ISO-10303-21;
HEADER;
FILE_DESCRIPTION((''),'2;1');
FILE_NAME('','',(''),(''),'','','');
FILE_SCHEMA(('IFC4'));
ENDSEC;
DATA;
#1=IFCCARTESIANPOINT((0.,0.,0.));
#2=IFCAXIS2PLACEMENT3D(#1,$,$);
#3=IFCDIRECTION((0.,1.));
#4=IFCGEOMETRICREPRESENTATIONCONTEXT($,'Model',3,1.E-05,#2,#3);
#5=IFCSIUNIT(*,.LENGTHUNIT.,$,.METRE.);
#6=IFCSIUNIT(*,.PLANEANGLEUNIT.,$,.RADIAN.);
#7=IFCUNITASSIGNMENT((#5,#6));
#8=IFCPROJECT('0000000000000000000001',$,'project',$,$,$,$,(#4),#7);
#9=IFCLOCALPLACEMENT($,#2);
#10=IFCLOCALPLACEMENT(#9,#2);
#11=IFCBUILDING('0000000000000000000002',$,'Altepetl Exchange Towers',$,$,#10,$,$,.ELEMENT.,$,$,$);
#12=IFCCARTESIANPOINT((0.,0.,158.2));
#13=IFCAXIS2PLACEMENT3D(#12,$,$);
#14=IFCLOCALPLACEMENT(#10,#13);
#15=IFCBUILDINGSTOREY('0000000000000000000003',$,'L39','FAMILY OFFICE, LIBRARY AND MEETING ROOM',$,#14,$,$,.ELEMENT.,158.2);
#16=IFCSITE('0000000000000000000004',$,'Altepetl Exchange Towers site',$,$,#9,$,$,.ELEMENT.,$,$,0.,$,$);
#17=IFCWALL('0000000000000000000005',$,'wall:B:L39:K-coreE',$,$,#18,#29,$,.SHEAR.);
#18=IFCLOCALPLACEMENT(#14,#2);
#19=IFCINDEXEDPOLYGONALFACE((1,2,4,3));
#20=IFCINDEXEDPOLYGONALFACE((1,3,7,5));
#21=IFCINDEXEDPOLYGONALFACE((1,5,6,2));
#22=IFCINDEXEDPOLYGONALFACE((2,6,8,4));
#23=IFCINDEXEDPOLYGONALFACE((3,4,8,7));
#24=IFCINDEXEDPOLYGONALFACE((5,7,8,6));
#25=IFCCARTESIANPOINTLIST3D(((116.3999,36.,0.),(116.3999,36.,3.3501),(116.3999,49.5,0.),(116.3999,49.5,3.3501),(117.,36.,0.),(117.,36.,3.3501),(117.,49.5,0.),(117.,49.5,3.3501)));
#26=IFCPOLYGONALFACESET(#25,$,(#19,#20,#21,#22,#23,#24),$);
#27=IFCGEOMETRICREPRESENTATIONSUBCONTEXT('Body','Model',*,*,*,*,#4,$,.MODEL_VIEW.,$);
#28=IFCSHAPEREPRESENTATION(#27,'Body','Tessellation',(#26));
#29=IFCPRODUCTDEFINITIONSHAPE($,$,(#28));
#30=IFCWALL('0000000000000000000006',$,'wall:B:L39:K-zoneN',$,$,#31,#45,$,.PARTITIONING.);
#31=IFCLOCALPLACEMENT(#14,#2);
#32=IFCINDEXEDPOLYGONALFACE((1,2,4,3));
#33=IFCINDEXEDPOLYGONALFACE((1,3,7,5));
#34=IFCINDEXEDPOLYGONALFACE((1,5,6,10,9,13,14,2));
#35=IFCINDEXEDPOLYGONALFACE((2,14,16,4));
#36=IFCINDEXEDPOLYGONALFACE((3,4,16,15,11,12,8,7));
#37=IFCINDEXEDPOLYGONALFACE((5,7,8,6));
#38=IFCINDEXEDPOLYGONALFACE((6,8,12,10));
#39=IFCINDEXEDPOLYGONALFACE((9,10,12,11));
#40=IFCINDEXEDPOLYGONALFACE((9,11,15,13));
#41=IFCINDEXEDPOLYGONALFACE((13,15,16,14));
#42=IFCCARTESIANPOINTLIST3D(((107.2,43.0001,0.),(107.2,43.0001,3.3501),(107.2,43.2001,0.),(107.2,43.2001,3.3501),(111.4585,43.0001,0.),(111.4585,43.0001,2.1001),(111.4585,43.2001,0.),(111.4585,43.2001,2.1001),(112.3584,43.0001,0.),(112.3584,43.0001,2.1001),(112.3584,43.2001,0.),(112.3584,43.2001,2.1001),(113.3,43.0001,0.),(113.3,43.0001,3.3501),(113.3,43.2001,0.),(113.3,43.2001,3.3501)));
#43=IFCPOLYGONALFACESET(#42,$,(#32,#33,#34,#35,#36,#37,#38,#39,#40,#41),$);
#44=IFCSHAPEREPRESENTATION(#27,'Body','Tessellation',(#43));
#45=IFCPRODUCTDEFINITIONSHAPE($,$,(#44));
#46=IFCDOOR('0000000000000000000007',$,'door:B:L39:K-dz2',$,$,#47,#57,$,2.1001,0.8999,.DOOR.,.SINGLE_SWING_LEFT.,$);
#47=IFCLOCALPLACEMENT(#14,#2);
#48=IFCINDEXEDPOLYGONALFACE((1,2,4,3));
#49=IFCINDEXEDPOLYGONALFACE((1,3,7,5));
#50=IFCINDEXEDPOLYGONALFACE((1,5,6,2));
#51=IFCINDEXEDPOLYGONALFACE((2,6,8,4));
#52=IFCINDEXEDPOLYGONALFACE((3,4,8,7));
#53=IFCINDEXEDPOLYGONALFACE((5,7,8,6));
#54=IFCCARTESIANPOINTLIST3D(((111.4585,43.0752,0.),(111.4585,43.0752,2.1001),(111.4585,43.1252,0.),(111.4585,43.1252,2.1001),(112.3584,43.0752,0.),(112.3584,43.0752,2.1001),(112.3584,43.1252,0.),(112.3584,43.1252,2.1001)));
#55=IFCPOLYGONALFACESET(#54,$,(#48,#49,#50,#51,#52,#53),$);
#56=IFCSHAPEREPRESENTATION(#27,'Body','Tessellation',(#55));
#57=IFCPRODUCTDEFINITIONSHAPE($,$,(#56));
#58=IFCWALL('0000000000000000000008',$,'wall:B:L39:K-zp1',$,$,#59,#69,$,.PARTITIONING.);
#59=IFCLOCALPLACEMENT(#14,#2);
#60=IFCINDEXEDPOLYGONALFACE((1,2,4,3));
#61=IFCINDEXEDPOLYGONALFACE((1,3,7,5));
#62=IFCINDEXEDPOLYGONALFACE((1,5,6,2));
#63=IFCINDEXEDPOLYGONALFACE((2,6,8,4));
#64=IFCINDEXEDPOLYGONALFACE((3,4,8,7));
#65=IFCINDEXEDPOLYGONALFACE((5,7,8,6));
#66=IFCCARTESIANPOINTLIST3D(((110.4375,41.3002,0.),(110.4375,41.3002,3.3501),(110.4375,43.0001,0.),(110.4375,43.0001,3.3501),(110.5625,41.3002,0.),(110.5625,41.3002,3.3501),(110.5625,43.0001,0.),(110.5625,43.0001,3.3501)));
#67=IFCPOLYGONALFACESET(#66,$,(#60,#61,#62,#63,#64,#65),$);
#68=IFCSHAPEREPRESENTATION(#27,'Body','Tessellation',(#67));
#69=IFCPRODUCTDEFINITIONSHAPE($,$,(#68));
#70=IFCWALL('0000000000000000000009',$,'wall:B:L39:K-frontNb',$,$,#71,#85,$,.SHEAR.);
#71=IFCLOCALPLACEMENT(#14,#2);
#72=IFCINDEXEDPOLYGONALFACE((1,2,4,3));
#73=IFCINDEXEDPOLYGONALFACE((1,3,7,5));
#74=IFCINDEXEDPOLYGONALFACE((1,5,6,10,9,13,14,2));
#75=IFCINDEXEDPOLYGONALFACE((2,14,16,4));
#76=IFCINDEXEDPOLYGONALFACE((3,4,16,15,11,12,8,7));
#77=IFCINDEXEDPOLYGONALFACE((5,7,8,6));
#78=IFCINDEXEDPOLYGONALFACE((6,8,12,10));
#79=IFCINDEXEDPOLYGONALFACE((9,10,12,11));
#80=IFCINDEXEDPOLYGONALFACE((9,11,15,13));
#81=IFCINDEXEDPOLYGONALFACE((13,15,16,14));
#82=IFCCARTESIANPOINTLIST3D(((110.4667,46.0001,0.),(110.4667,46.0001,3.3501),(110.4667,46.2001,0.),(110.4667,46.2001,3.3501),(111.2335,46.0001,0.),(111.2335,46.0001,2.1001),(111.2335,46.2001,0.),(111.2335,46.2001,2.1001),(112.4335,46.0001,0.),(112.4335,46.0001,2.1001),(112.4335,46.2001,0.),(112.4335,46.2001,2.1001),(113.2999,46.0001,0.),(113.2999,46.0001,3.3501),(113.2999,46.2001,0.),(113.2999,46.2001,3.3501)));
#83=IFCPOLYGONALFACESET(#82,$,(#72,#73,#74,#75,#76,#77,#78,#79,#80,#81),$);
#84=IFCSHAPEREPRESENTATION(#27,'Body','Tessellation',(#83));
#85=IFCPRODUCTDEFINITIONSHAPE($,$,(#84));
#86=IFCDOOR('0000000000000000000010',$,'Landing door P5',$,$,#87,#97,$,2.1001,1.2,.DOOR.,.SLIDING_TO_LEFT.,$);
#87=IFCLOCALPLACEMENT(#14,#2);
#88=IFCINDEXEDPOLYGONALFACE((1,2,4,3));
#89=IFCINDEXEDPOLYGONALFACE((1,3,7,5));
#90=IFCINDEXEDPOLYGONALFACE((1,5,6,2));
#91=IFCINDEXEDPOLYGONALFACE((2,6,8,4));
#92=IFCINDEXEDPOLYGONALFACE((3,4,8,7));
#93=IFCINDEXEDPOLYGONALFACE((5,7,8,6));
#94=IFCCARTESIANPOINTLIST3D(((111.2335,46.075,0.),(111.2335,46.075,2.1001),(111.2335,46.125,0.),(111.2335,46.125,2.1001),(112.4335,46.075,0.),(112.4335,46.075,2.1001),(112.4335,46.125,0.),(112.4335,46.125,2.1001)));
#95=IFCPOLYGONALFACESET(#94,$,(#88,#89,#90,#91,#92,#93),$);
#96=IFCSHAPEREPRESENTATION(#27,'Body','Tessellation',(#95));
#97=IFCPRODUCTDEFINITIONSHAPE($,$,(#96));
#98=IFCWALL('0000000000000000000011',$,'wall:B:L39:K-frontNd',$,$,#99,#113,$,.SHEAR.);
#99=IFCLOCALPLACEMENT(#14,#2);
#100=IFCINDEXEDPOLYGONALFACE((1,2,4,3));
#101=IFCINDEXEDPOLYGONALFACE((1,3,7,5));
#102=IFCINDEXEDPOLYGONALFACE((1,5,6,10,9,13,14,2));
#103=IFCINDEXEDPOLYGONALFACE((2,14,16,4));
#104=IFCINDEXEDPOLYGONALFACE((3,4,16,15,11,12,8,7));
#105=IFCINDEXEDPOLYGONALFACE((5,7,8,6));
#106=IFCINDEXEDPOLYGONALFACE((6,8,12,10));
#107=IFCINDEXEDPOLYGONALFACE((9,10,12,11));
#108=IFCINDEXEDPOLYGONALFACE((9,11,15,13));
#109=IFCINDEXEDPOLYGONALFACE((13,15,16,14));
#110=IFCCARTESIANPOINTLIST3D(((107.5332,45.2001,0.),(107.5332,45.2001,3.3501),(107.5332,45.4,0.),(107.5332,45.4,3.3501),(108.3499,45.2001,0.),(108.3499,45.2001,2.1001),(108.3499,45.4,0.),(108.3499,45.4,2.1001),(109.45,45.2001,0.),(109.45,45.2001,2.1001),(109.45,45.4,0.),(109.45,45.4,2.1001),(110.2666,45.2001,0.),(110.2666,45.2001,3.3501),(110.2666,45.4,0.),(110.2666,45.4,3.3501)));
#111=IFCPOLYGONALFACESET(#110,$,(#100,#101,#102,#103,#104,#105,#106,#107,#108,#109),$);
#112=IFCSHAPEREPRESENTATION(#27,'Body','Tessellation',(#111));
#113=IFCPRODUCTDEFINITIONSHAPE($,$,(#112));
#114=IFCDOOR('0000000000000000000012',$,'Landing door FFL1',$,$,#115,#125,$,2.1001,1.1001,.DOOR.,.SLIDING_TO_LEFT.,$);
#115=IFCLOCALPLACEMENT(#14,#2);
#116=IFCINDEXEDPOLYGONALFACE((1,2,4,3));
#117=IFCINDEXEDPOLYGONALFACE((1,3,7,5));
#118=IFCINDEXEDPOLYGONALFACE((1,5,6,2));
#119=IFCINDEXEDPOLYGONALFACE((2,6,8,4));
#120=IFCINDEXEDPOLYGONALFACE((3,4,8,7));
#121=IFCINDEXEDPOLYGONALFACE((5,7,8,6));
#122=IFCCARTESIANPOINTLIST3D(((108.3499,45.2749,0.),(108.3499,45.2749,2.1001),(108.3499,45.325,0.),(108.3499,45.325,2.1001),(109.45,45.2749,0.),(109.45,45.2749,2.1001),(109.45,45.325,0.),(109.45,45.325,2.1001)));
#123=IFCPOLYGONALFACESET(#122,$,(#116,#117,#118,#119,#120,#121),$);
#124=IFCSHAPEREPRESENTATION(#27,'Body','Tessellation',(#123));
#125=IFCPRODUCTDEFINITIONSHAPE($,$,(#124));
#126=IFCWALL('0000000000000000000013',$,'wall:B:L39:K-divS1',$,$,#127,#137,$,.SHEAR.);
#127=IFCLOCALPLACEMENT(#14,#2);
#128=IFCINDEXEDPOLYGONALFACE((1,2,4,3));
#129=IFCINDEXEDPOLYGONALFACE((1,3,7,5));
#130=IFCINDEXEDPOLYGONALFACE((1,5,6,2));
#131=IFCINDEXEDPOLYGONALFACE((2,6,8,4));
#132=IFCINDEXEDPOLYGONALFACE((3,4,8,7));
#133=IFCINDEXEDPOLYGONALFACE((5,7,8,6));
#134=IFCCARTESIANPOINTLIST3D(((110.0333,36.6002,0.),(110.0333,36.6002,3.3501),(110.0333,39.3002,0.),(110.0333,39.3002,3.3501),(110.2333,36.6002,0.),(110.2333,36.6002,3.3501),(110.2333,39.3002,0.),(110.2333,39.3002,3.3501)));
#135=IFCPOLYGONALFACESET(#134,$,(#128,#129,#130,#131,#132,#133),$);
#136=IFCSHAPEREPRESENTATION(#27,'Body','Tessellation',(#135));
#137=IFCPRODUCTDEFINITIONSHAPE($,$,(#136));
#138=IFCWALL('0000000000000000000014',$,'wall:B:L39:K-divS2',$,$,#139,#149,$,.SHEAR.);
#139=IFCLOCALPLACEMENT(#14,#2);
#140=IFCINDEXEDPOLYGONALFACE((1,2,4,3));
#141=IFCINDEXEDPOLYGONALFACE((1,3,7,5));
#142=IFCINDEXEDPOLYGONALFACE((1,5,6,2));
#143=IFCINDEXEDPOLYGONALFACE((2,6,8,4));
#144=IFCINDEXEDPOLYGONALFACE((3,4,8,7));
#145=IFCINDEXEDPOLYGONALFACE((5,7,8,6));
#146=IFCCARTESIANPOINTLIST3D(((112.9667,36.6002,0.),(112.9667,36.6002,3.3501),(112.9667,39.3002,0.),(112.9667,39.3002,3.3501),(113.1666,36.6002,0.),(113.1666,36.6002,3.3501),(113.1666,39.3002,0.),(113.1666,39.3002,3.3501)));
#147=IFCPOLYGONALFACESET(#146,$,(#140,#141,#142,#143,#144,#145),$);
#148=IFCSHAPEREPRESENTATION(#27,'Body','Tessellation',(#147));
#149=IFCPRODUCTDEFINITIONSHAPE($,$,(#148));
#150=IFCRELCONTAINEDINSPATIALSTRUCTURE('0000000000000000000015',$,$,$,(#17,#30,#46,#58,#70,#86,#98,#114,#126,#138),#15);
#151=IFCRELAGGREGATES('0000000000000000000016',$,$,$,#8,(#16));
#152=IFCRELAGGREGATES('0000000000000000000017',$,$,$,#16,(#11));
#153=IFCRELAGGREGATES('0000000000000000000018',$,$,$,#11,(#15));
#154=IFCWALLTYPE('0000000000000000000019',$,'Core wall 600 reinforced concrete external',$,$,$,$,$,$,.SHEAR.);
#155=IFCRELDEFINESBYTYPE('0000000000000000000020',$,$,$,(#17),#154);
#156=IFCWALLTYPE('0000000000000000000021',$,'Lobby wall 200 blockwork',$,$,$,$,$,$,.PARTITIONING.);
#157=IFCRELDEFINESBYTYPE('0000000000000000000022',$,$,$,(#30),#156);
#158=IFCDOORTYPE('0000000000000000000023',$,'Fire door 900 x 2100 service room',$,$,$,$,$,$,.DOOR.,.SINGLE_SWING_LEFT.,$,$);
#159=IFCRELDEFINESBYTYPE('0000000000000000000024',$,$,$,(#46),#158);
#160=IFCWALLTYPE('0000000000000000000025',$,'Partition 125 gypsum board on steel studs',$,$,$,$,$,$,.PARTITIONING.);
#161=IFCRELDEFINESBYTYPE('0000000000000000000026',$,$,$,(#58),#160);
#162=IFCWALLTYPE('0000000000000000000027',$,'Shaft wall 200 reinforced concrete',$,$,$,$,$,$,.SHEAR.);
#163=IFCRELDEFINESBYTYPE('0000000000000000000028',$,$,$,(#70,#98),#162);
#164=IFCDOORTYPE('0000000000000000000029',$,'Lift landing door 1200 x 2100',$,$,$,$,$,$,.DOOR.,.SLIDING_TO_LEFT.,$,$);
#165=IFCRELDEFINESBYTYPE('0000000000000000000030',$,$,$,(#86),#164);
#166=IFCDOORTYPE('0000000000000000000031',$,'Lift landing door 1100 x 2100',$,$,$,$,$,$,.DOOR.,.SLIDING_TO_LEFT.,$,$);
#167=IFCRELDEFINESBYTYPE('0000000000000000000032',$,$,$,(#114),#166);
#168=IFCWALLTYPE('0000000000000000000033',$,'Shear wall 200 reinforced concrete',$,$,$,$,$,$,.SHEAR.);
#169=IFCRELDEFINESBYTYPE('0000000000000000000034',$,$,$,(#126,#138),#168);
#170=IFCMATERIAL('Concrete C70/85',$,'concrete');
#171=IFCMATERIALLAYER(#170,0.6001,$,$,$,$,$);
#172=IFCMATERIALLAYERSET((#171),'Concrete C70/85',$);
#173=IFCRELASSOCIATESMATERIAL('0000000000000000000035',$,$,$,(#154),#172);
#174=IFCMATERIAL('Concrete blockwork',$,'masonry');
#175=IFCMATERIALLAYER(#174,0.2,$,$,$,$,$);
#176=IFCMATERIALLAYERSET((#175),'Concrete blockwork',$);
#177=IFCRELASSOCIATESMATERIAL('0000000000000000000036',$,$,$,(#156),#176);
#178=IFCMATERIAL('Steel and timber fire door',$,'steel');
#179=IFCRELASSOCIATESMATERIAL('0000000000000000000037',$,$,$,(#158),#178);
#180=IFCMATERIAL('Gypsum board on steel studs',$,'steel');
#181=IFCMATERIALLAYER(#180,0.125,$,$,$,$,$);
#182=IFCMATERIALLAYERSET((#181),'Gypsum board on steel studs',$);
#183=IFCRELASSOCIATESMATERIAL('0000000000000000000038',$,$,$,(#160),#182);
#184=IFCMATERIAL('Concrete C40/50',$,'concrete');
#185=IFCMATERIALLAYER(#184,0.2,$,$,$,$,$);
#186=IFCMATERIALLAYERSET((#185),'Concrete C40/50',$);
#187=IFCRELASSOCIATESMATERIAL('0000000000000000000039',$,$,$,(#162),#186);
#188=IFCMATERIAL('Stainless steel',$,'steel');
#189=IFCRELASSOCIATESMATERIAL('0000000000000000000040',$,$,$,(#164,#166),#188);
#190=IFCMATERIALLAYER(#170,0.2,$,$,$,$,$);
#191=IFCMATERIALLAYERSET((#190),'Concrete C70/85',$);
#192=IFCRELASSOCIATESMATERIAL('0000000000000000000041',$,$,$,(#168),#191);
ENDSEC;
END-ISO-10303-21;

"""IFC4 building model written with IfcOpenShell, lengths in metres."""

from ifc_helpers import new_model, si_unit, direction, frame, frame_2d, origin, place, context, subcontext, project, spatial, rectangle, extrude, material, layer, layer_set, type_object, element, fill, save


model = new_model("IFC4")

# Units and contexts
model_context = context("Model", 3, precision=1e-05, world=origin(), true_north=direction((0.0, 1.0)))
body_context = subcontext(model_context, "Body", "Model", "MODEL_VIEW")
ifc_project = project(units=[si_unit("LENGTHUNIT", "METRE"), si_unit("PLANEANGLEUNIT", "RADIAN")], contexts=[model_context])

# Site, building, storey
site_placement = place(None, origin())
site = spatial("IfcSite", under=ifc_project, at=site_placement, Name="Altepetl Exchange Towers site", CompositionType="ELEMENT", RefElevation=0.0)
building_placement = place(site_placement, origin())
building = spatial("IfcBuilding", under=site, at=building_placement, Name="Altepetl Exchange Towers", CompositionType="ELEMENT")
storey_placement = place(building_placement, frame((0.0, 0.0, 158.2)))
storey = spatial("IfcBuildingStorey", under=building, at=storey_placement, Name="L39", Description="FAMILY OFFICE, LIBRARY AND MEETING ROOM", CompositionType="ELEMENT", Elevation=158.2)

# Wall
ifc_material_1 = material(Name="Concrete C70/85", Category="concrete")
ifc_layer_1 = layer(ifc_material_1, 0.6001)
ifc_layer_set_1 = layer_set([ifc_layer_1], Name="Concrete C70/85")
wall_type_1 = type_object("IfcWallType", Name="Core wall 600 reinforced concrete external", PredefinedType="SHEAR", material=ifc_layer_set_1)
wall_1_placement = place(storey_placement, frame((116.7, 36.0, 0.0), z_axis=(0.0, 0.0, 1.0), x_axis=(0.0, 1.0, 0.0)))
element("IfcWall", 1, at=wall_1_placement, inside=storey, type_object=wall_type_1, Name="wall:B:L39:K-coreE", PredefinedType="SHEAR", context=body_context, shape_type="SweptSolid", body=[
    extrude(rectangle(XDim=13.5, YDim=0.6001, at=frame_2d((6.75, 0.0))), origin(), (0.0, 0.0, 1.0), 3.3501),
])

# Wall, opening, door
ifc_material_2 = material(Name="Concrete blockwork", Category="masonry")
ifc_layer_2 = layer(ifc_material_2, 0.2)
ifc_layer_set_2 = layer_set([ifc_layer_2], Name="Concrete blockwork")
wall_type_2 = type_object("IfcWallType", Name="Lobby wall 200 blockwork", PredefinedType="PARTITIONING", material=ifc_layer_set_2)
wall_2_placement = place(storey_placement, frame((107.2, 43.1001, 0.0)))
wall_2 = element("IfcWall", 2, at=wall_2_placement, inside=storey, type_object=wall_type_2, Name="wall:B:L39:K-zoneN", PredefinedType="PARTITIONING", context=body_context, shape_type="SweptSolid", body=[
    extrude(rectangle(XDim=6.1001, YDim=0.2, at=frame_2d((3.05, 0.0))), origin(), (0.0, 0.0, 1.0), 3.3501),
])
opening_1_placement = place(wall_2_placement, frame((4.2585, 0.0, 0.0)))
opening_1 = element("IfcOpeningElement", 3, at=opening_1_placement, cuts=wall_2, PredefinedType="OPENING", context=body_context, shape_type="SweptSolid", body=[
    extrude(rectangle(XDim=0.8999, YDim=2.1001, at=frame_2d((0.45, 1.05))), frame((0.0, 0.1099, 0.0), z_axis=(0.0, -1.0, 0.0), x_axis=(1.0, 0.0, 0.0)), (0.0, 0.0, 1.0), 0.22),
])
ifc_material_3 = material(Name="Steel and timber fire door", Category="steel")
door_type_1 = type_object("IfcDoorType", Name="Fire door 900 x 2100 service room", OperationType="SINGLE_SWING_LEFT", PredefinedType="DOOR", material=ifc_material_3)
door_1_placement = place(opening_1_placement, frame((0.8999, 0.0, 0.0), x_axis=(-1.0, 0.0, 0.0)))
door_1 = element("IfcDoor", 4, at=door_1_placement, inside=storey, type_object=door_type_1, Name="door:B:L39:K-dz2", OperationType="SINGLE_SWING_LEFT", OverallHeight=2.1001, OverallWidth=0.8999, PredefinedType="DOOR", context=body_context, shape_type="SweptSolid", body=[
    extrude(rectangle(XDim=0.8999, YDim=2.1001, at=frame_2d((0.45, 1.05))), frame((0.0, 0.0249, 0.0), z_axis=(0.0, -1.0, 0.0), x_axis=(1.0, 0.0, 0.0)), (0.0, 0.0, 1.0), 0.05),
])
fill(opening_1, door_1)

# Wall
ifc_material_4 = material(Name="Gypsum board on steel studs", Category="steel")
ifc_layer_3 = layer(ifc_material_4, 0.125)
ifc_layer_set_3 = layer_set([ifc_layer_3], Name="Gypsum board on steel studs")
wall_type_3 = type_object("IfcWallType", Name="Partition 125 gypsum board on steel studs", PredefinedType="PARTITIONING", material=ifc_layer_set_3)
wall_3_placement = place(storey_placement, frame((110.5, 41.3, 0.0), z_axis=(0.0, 0.0, 1.0), x_axis=(0.0, 1.0, 0.0)))
element("IfcWall", 5, at=wall_3_placement, inside=storey, type_object=wall_type_3, Name="wall:B:L39:K-zp1", PredefinedType="PARTITIONING", context=body_context, shape_type="SweptSolid", body=[
    extrude(rectangle(XDim=1.7, YDim=0.125, at=frame_2d((0.8501, 0.0))), origin(), (0.0, 0.0, 1.0), 3.3501),
])

# Walls, openings, doors
ifc_material_5 = material(Name="Concrete C40/50", Category="concrete")
ifc_layer_4 = layer(ifc_material_5, 0.2)
ifc_layer_set_4 = layer_set([ifc_layer_4], Name="Concrete C40/50")
wall_type_4 = type_object("IfcWallType", Name="Shaft wall 200 reinforced concrete", PredefinedType="SHEAR", material=ifc_layer_set_4)
wall_4_placement = place(storey_placement, frame((110.4668, 46.1001, 0.0)))
wall_4 = element("IfcWall", 6, at=wall_4_placement, inside=storey, type_object=wall_type_4, Name="wall:B:L39:K-frontNb", PredefinedType="SHEAR", context=body_context, shape_type="SweptSolid", body=[
    extrude(rectangle(XDim=2.8333, YDim=0.2, at=frame_2d((1.4165, 0.0))), origin(), (0.0, 0.0, 1.0), 3.3501),
])
opening_2_placement = place(wall_4_placement, frame((0.7666, 0.0, 0.0)))
opening_2 = element("IfcOpeningElement", 7, at=opening_2_placement, cuts=wall_4, PredefinedType="OPENING", context=body_context, shape_type="SweptSolid", body=[
    extrude(rectangle(XDim=1.2, YDim=2.1001, at=frame_2d((0.6001, 1.05))), frame((0.0, 0.1099, 0.0), z_axis=(0.0, -1.0, 0.0), x_axis=(1.0, 0.0, 0.0)), (0.0, 0.0, 1.0), 0.22),
])
ifc_material_6 = material(Name="Stainless steel", Category="steel")
door_type_2 = type_object("IfcDoorType", Name="Lift landing door 1200 x 2100", OperationType="SLIDING_TO_LEFT", PredefinedType="DOOR", material=ifc_material_6)
door_2_placement = place(opening_2_placement, origin())
door_2 = element("IfcDoor", 8, at=door_2_placement, inside=storey, type_object=door_type_2, Name="Landing door P5", OperationType="SLIDING_TO_LEFT", OverallHeight=2.1001, OverallWidth=1.2, PredefinedType="DOOR", context=body_context, shape_type="SweptSolid", body=[
    extrude(rectangle(XDim=1.2, YDim=2.1001, at=frame_2d((0.6001, 1.05))), frame((0.0, 0.0249, 0.0), z_axis=(0.0, -1.0, 0.0), x_axis=(1.0, 0.0, 0.0)), (0.0, 0.0, 1.0), 0.05),
])
fill(opening_2, door_2)
wall_5_placement = place(storey_placement, frame((107.5332, 45.3, 0.0)))
wall_5 = element("IfcWall", 9, at=wall_5_placement, inside=storey, type_object=wall_type_4, Name="wall:B:L39:K-frontNd", PredefinedType="SHEAR", context=body_context, shape_type="SweptSolid", body=[
    extrude(rectangle(XDim=2.7334, YDim=0.2, at=frame_2d((1.3667, 0.0))), origin(), (0.0, 0.0, 1.0), 3.3501),
])
opening_3_placement = place(wall_5_placement, frame((0.8167, 0.0, 0.0)))
opening_3 = element("IfcOpeningElement", 10, at=opening_3_placement, cuts=wall_5, PredefinedType="OPENING", context=body_context, shape_type="SweptSolid", body=[
    extrude(rectangle(XDim=1.1001, YDim=2.1001, at=frame_2d((0.55, 1.05))), frame((0.0, 0.1099, 0.0), z_axis=(0.0, -1.0, 0.0), x_axis=(1.0, 0.0, 0.0)), (0.0, 0.0, 1.0), 0.22),
])
door_type_3 = type_object("IfcDoorType", Name="Lift landing door 1100 x 2100", OperationType="SLIDING_TO_LEFT", PredefinedType="DOOR", material=ifc_material_6)
door_3_placement = place(opening_3_placement, origin())
door_3 = element("IfcDoor", 11, at=door_3_placement, inside=storey, type_object=door_type_3, Name="Landing door FFL1", OperationType="SLIDING_TO_LEFT", OverallHeight=2.1001, OverallWidth=1.1001, PredefinedType="DOOR", context=body_context, shape_type="SweptSolid", body=[
    extrude(rectangle(XDim=1.1001, YDim=2.1001, at=frame_2d((0.55, 1.05))), frame((0.0, 0.0249, 0.0), z_axis=(0.0, -1.0, 0.0), x_axis=(1.0, 0.0, 0.0)), (0.0, 0.0, 1.0), 0.05),
])
fill(opening_3, door_3)

# Walls
ifc_layer_5 = layer(ifc_material_1, 0.2)
ifc_layer_set_5 = layer_set([ifc_layer_5], Name="Concrete C70/85")
wall_type_5 = type_object("IfcWallType", Name="Shear wall 200 reinforced concrete", PredefinedType="SHEAR", material=ifc_layer_set_5)
for number, where, z_axis, x_axis, name in (
    (12, (110.1333, 36.6001, 0.0), (0.0, 0.0, 1.0), (0.0, 1.0, 0.0), "wall:B:L39:K-divS1"),
    (13, (113.0667, 36.6001, 0.0), (0.0, 0.0, 1.0), (0.0, 1.0, 0.0), "wall:B:L39:K-divS2"),
):
    element("IfcWall", number, at=place(storey_placement, frame(where, z_axis=z_axis, x_axis=x_axis)), inside=storey, type_object=wall_type_5, Name=name, PredefinedType="SHEAR", context=body_context, shape_type="SweptSolid", body=[
        extrude(rectangle(XDim=2.7, YDim=0.2, at=frame_2d((1.3501, 0.0))), origin(), (0.0, 0.0, 1.0), 3.3501),
    ])

save(model, "model.ifc")
